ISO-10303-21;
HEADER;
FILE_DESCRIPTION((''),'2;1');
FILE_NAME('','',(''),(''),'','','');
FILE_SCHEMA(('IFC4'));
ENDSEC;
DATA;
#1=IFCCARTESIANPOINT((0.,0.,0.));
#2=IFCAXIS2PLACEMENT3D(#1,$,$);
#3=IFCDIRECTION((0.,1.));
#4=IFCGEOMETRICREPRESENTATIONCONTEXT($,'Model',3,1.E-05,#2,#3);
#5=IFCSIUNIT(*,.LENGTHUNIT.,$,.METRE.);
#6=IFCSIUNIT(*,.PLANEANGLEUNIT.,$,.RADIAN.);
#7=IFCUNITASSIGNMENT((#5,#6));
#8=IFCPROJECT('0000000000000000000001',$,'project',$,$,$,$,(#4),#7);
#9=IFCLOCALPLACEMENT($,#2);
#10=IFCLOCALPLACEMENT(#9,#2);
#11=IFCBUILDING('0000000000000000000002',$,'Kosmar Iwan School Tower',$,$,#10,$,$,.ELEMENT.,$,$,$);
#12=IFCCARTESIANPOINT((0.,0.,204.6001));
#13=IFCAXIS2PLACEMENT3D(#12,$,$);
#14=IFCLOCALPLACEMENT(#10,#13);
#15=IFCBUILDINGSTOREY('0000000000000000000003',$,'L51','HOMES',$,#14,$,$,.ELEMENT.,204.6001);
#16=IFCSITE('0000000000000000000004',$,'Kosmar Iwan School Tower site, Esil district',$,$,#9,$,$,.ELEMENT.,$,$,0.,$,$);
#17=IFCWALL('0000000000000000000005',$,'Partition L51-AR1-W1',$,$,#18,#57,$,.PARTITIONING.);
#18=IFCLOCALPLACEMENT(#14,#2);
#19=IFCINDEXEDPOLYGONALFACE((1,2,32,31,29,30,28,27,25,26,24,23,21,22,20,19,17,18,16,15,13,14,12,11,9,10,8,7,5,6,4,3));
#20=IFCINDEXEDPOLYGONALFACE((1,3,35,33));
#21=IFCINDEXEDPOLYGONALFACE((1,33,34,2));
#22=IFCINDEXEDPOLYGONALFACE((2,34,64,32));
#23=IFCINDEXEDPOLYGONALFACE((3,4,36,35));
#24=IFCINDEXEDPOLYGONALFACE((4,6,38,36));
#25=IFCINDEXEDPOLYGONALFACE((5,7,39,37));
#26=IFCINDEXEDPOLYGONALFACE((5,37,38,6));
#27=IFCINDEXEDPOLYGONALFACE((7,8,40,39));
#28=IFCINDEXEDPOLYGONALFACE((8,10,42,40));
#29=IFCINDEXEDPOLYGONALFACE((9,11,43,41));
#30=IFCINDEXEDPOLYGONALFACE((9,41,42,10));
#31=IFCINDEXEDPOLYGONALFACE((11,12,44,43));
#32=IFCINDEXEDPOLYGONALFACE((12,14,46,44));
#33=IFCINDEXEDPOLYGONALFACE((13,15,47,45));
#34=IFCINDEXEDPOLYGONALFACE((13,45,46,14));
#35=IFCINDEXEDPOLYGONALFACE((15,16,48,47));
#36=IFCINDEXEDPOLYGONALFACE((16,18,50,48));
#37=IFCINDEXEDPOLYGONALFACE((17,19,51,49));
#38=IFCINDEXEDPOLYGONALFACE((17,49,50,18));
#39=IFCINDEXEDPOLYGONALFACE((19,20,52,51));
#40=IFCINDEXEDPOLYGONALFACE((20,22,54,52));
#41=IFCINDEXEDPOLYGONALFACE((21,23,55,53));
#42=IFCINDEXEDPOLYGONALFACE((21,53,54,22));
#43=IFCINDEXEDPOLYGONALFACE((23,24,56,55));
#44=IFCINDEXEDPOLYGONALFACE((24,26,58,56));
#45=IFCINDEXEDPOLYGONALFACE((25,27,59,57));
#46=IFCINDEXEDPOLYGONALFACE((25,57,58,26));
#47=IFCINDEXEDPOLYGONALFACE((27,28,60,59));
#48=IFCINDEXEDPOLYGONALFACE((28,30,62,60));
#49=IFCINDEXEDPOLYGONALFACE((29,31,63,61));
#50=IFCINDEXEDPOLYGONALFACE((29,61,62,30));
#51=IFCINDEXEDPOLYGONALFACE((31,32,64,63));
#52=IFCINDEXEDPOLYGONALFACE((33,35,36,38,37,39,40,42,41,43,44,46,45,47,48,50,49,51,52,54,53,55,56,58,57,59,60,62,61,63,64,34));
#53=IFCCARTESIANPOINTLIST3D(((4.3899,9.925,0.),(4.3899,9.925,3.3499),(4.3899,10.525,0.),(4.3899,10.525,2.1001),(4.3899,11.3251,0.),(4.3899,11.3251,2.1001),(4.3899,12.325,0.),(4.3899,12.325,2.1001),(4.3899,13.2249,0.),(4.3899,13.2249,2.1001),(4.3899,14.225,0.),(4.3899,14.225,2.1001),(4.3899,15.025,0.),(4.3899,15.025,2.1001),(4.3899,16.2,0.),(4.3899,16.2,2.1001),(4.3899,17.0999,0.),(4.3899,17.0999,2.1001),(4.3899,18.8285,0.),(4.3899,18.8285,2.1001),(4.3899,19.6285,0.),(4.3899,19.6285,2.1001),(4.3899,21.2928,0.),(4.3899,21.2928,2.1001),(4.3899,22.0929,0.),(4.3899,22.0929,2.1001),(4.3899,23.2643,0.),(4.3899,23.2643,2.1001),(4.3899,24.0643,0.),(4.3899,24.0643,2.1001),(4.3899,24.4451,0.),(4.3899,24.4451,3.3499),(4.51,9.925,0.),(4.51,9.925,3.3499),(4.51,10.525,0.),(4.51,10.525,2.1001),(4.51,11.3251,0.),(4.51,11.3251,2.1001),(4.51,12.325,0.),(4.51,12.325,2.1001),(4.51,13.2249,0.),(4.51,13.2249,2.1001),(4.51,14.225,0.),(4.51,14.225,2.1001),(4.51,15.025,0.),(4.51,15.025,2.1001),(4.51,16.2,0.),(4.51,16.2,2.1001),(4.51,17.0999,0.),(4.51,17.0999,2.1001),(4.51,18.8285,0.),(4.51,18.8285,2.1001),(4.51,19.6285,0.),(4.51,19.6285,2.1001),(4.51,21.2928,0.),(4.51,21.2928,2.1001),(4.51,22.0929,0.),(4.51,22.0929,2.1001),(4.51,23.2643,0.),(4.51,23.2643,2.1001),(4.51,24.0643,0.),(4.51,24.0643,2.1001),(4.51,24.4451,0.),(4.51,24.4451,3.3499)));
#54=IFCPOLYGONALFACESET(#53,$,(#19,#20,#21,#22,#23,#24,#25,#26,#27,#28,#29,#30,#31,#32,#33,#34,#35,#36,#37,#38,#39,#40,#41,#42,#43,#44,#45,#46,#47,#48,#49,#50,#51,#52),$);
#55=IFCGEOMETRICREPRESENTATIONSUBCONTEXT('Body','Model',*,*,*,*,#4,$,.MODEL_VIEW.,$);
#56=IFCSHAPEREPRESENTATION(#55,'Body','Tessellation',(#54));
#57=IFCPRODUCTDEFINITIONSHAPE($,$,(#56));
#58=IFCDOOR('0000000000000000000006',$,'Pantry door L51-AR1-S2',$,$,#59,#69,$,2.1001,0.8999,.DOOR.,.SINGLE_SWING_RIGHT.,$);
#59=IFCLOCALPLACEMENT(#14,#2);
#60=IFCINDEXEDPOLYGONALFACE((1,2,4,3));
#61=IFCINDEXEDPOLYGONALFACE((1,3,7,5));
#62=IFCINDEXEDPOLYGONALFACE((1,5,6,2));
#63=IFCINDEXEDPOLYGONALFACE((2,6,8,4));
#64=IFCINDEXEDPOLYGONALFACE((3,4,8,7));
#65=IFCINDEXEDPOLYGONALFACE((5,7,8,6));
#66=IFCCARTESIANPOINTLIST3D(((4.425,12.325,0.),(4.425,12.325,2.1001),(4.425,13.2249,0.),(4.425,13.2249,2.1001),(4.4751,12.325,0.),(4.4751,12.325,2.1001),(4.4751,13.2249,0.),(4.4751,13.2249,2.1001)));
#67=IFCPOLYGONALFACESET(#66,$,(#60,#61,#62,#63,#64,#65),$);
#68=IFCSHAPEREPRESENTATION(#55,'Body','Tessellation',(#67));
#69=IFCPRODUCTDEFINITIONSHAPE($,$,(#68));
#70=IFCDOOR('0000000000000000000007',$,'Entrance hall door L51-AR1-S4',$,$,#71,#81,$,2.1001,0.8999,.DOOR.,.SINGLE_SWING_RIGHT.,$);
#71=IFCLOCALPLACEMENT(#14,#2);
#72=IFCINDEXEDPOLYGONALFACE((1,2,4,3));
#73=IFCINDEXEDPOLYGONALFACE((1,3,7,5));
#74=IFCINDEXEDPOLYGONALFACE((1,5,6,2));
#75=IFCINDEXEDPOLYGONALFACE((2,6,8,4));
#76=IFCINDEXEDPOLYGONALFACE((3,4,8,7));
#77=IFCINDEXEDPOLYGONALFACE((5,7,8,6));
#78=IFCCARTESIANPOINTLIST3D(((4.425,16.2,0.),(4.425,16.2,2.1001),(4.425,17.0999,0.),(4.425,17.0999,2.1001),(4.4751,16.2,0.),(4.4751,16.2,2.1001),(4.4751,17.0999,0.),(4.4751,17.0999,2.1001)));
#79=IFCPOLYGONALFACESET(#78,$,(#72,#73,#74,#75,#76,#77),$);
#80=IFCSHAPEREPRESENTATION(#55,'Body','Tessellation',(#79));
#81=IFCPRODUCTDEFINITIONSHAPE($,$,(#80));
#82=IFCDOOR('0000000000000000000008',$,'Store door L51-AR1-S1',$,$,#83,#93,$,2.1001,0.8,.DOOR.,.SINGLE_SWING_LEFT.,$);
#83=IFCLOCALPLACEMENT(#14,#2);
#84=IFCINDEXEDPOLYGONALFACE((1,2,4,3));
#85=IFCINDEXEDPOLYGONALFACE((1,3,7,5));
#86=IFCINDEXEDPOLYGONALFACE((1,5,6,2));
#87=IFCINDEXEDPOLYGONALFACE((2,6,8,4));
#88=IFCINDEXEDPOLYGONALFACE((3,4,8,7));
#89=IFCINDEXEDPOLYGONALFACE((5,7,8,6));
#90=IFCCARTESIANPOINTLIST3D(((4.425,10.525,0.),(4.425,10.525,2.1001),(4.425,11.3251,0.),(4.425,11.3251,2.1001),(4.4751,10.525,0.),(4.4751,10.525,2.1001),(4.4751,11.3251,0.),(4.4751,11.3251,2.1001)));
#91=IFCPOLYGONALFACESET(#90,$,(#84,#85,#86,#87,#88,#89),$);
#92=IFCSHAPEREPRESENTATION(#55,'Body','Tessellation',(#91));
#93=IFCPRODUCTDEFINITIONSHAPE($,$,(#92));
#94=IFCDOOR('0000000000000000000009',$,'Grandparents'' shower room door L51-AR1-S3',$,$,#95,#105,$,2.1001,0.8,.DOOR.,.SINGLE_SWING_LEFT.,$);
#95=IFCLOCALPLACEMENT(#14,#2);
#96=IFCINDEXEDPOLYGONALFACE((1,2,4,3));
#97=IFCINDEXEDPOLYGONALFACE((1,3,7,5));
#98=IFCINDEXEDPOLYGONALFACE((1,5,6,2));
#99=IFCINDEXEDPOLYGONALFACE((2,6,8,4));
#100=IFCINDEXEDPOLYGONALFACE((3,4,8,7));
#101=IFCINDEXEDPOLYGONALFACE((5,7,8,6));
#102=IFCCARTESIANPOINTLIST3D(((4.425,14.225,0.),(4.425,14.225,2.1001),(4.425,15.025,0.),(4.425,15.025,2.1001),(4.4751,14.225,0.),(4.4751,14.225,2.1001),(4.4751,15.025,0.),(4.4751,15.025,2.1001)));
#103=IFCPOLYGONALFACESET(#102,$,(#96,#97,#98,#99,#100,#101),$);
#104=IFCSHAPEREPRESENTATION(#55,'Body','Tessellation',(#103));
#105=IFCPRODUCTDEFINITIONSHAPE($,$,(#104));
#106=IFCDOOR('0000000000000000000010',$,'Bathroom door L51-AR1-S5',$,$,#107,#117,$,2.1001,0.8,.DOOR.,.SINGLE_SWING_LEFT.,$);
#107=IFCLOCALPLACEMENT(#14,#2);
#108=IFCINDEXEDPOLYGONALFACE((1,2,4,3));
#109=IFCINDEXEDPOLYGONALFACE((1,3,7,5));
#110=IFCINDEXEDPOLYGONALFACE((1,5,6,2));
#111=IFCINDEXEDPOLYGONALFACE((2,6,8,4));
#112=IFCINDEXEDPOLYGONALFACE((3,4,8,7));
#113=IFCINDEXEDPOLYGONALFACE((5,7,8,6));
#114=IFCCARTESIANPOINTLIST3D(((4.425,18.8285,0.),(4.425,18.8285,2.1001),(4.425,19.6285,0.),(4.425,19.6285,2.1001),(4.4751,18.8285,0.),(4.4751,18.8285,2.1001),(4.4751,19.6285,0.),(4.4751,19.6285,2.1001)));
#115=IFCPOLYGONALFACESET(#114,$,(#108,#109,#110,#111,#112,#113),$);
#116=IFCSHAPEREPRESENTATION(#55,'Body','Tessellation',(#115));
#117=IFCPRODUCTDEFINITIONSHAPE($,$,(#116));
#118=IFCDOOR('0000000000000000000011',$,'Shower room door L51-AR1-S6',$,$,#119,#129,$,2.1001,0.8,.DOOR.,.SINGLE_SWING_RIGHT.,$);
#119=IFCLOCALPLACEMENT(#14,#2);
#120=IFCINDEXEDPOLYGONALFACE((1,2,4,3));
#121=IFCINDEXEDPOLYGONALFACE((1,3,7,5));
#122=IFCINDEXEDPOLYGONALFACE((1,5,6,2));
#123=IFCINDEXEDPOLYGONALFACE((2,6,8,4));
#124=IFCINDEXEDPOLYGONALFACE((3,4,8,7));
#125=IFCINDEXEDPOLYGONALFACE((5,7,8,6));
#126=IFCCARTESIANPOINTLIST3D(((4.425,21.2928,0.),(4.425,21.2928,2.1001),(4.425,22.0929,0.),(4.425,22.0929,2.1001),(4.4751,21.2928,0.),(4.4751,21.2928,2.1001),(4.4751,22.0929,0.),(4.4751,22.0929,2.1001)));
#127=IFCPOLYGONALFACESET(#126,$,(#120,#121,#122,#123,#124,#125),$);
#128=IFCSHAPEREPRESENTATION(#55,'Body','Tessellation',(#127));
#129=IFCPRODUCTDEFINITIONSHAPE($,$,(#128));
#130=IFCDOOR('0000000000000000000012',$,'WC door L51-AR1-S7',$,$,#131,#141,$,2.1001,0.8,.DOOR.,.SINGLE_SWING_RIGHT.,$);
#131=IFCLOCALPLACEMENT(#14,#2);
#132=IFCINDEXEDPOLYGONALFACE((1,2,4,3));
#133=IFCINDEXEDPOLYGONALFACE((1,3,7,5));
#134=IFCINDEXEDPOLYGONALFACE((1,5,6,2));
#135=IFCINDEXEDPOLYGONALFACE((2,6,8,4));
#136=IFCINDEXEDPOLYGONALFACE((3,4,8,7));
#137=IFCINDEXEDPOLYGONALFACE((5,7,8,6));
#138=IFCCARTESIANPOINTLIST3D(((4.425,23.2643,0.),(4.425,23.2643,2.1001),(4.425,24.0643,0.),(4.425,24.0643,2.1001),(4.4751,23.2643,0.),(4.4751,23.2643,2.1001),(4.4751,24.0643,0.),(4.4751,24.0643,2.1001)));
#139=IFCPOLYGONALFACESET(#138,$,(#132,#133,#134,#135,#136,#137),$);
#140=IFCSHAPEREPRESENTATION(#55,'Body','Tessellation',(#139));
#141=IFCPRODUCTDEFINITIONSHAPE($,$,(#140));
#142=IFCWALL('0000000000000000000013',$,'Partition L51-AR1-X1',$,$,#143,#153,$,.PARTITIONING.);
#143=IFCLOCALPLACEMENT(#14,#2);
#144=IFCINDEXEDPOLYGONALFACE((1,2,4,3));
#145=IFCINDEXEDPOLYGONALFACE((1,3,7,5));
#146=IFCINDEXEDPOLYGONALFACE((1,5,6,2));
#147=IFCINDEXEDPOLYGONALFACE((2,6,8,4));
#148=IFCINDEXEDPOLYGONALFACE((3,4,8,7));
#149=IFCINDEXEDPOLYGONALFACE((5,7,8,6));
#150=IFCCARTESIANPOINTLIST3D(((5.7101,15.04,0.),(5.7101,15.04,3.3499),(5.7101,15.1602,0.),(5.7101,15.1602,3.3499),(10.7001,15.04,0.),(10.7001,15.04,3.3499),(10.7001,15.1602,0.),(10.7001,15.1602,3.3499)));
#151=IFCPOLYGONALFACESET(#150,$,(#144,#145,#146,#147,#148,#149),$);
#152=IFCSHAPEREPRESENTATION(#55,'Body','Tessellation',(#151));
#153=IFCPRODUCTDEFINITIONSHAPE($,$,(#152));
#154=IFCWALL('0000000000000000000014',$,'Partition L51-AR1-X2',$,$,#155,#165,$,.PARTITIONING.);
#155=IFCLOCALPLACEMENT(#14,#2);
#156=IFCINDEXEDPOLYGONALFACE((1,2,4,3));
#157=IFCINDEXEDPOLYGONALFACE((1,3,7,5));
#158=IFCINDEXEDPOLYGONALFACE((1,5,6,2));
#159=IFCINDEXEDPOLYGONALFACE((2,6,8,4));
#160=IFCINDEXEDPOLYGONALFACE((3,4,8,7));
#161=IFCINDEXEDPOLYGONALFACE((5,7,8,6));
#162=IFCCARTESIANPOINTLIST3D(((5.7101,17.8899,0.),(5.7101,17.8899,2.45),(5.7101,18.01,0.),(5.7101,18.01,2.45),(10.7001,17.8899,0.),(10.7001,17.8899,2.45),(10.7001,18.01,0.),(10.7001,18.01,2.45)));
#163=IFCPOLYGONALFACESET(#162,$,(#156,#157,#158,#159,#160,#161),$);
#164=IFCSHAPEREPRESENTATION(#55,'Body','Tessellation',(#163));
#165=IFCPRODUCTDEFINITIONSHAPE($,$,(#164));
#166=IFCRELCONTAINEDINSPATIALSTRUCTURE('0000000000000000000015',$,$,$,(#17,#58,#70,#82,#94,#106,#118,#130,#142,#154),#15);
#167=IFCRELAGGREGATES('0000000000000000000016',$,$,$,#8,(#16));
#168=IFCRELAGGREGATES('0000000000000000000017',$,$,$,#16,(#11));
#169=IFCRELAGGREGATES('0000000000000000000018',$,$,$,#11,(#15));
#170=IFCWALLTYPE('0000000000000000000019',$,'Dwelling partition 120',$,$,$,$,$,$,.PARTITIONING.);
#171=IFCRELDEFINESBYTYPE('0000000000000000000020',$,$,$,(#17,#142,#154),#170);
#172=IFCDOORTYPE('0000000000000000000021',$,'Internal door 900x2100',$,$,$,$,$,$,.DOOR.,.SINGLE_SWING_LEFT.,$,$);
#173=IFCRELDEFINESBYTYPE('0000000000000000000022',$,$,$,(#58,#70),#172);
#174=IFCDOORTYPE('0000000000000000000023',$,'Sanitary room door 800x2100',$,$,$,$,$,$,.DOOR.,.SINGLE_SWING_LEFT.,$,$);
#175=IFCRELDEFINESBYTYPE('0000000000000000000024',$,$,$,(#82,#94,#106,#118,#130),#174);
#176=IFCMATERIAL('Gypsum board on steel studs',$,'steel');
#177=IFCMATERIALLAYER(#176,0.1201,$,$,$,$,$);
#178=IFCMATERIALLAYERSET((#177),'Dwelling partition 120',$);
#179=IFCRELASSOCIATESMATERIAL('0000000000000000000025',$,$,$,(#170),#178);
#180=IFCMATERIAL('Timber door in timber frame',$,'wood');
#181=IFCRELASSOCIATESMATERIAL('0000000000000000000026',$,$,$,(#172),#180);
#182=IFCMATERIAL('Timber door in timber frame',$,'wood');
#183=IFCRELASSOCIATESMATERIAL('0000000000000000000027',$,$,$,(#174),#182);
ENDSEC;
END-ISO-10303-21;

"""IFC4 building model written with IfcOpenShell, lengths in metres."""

from ifc_helpers import new_model, si_unit, direction, frame, frame_2d, origin, place, context, subcontext, project, spatial, rectangle, extrude, material, layer, layer_set, type_object, element, fill, save


model = new_model("IFC4")

# Units and contexts
model_context = context("Model", 3, precision=1e-05, world=origin(), true_north=direction((0.0, 1.0)))
body_context = subcontext(model_context, "Body", "Model", "MODEL_VIEW")
ifc_project = project(units=[si_unit("LENGTHUNIT", "METRE"), si_unit("PLANEANGLEUNIT", "RADIAN")], contexts=[model_context])

# Site, building, storey
site_placement = place(None, origin())
site = spatial("IfcSite", under=ifc_project, at=site_placement, Name="Kosmar Iwan School Tower site, Esil district", CompositionType="ELEMENT", RefElevation=0.0)
building_placement = place(site_placement, origin())
building = spatial("IfcBuilding", under=site, at=building_placement, Name="Kosmar Iwan School Tower", CompositionType="ELEMENT")
storey_placement = place(building_placement, frame((0.0, 0.0, 204.6001)))
storey = spatial("IfcBuildingStorey", under=building, at=storey_placement, Name="L51", Description="HOMES", CompositionType="ELEMENT", Elevation=204.6001)

# Wall, openings, doors
ifc_material_1 = material(Name="Gypsum board on steel studs", Category="steel")
ifc_layer = layer(ifc_material_1, 0.1201)
ifc_layer_set = layer_set([ifc_layer], Name="Dwelling partition 120")
wall_type = type_object("IfcWallType", Name="Dwelling partition 120", PredefinedType="PARTITIONING", material=ifc_layer_set)
wall_1_placement = place(storey_placement, frame((4.45, 9.925, 0.0), z_axis=(0.0, 0.0, 1.0), x_axis=(0.0, 1.0, 0.0)))
wall_1 = element("IfcWall", 1, at=wall_1_placement, inside=storey, type_object=wall_type, Name="Partition L51-AR1-W1", PredefinedType="PARTITIONING", context=body_context, shape_type="SweptSolid", body=[
    extrude(rectangle(XDim=14.52, YDim=0.1201, at=frame_2d((7.26, 0.0))), origin(), (0.0, 0.0, 1.0), 3.3499),
])
opening_1_placement = place(wall_1_placement, frame((0.6001, 0.0, 0.0)))
opening_1 = element("IfcOpeningElement", 2, at=opening_1_placement, cuts=wall_1, PredefinedType="OPENING", context=body_context, shape_type="SweptSolid", body=[
    extrude(rectangle(XDim=0.8, YDim=2.1001, at=frame_2d((0.3999, 1.05))), frame((0.0, 0.072, 0.0), z_axis=(0.0, -1.0, 0.0), x_axis=(1.0, 0.0, 0.0)), (0.0, 0.0, 1.0), 0.144),
])
opening_2_placement = place(wall_1_placement, frame((2.3999, 0.0, 0.0)))
opening_2 = element("IfcOpeningElement", 3, at=opening_2_placement, cuts=wall_1, PredefinedType="OPENING", context=body_context, shape_type="SweptSolid", body=[
    extrude(rectangle(XDim=0.8999, YDim=2.1001, at=frame_2d((0.45, 1.05))), frame((0.0, 0.072, 0.0), z_axis=(0.0, -1.0, 0.0), x_axis=(1.0, 0.0, 0.0)), (0.0, 0.0, 1.0), 0.144),
])
opening_3_placement = place(wall_1_placement, frame((4.3, 0.0, 0.0)))
opening_3 = element("IfcOpeningElement", 4, at=opening_3_placement, cuts=wall_1, PredefinedType="OPENING", context=body_context, shape_type="SweptSolid", body=[
    extrude(rectangle(XDim=0.8, YDim=2.1001, at=frame_2d((0.3999, 1.05))), frame((0.0, 0.072, 0.0), z_axis=(0.0, -1.0, 0.0), x_axis=(1.0, 0.0, 0.0)), (0.0, 0.0, 1.0), 0.144),
])
opening_4_placement = place(wall_1_placement, frame((6.2749, 0.0, 0.0)))
opening_4 = element("IfcOpeningElement", 5, at=opening_4_placement, cuts=wall_1, PredefinedType="OPENING", context=body_context, shape_type="SweptSolid", body=[
    extrude(rectangle(XDim=0.8999, YDim=2.1001, at=frame_2d((0.45, 1.05))), frame((0.0, 0.072, 0.0), z_axis=(0.0, -1.0, 0.0), x_axis=(1.0, 0.0, 0.0)), (0.0, 0.0, 1.0), 0.144),
])
opening_5_placement = place(wall_1_placement, frame((8.9036, 0.0, 0.0)))
opening_5 = element("IfcOpeningElement", 6, at=opening_5_placement, cuts=wall_1, PredefinedType="OPENING", context=body_context, shape_type="SweptSolid", body=[
    extrude(rectangle(XDim=0.8, YDim=2.1001, at=frame_2d((0.3999, 1.05))), frame((0.0, 0.072, 0.0), z_axis=(0.0, -1.0, 0.0), x_axis=(1.0, 0.0, 0.0)), (0.0, 0.0, 1.0), 0.144),
])
opening_6_placement = place(wall_1_placement, frame((11.3679, 0.0, 0.0)))
opening_6 = element("IfcOpeningElement", 7, at=opening_6_placement, cuts=wall_1, PredefinedType="OPENING", context=body_context, shape_type="SweptSolid", body=[
    extrude(rectangle(XDim=0.8, YDim=2.1001, at=frame_2d((0.3999, 1.05))), frame((0.0, 0.072, 0.0), z_axis=(0.0, -1.0, 0.0), x_axis=(1.0, 0.0, 0.0)), (0.0, 0.0, 1.0), 0.144),
])
opening_7_placement = place(wall_1_placement, frame((13.3394, 0.0, 0.0)))
opening_7 = element("IfcOpeningElement", 8, at=opening_7_placement, cuts=wall_1, PredefinedType="OPENING", context=body_context, shape_type="SweptSolid", body=[
    extrude(rectangle(XDim=0.8, YDim=2.1001, at=frame_2d((0.3999, 1.05))), frame((0.0, 0.072, 0.0), z_axis=(0.0, -1.0, 0.0), x_axis=(1.0, 0.0, 0.0)), (0.0, 0.0, 1.0), 0.144),
])
ifc_material_2 = material(Name="Timber door in timber frame", Category="wood")
door_type_1 = type_object("IfcDoorType", Name="Internal door 900x2100", OperationType="SINGLE_SWING_LEFT", PredefinedType="DOOR", material=ifc_material_2)
door_1_placement = place(opening_2_placement, origin())
door_1 = element("IfcDoor", 9, at=door_1_placement, inside=storey, type_object=door_type_1, Name="Pantry door L51-AR1-S2", OperationType="SINGLE_SWING_RIGHT", OverallHeight=2.1001, OverallWidth=0.8999, PredefinedType="DOOR", context=body_context, shape_type="SweptSolid", body=[
    extrude(rectangle(XDim=0.8999, YDim=2.1001, at=frame_2d((0.45, 1.05))), frame((0.0, 0.0249, 0.0), z_axis=(0.0, -1.0, 0.0), x_axis=(1.0, 0.0, 0.0)), (0.0, 0.0, 1.0), 0.05),
])
fill(opening_2, door_1)
door_2_placement = place(opening_4_placement, origin())
door_2 = element("IfcDoor", 10, at=door_2_placement, inside=storey, type_object=door_type_1, Name="Entrance hall door L51-AR1-S4", OperationType="SINGLE_SWING_RIGHT", OverallHeight=2.1001, OverallWidth=0.8999, PredefinedType="DOOR", context=body_context, shape_type="SweptSolid", body=[
    extrude(rectangle(XDim=0.8999, YDim=2.1001, at=frame_2d((0.45, 1.05))), frame((0.0, 0.0249, 0.0), z_axis=(0.0, -1.0, 0.0), x_axis=(1.0, 0.0, 0.0)), (0.0, 0.0, 1.0), 0.05),
])
fill(opening_4, door_2)
ifc_material_3 = material(Name="Timber door in timber frame", Category="wood")
door_type_2 = type_object("IfcDoorType", Name="Sanitary room door 800x2100", OperationType="SINGLE_SWING_LEFT", PredefinedType="DOOR", material=ifc_material_3)
door_3_placement = place(opening_1_placement, origin())
door_3 = element("IfcDoor", 11, at=door_3_placement, inside=storey, type_object=door_type_2, Name="Store door L51-AR1-S1", OperationType="SINGLE_SWING_LEFT", OverallHeight=2.1001, OverallWidth=0.8, PredefinedType="DOOR", context=body_context, shape_type="SweptSolid", body=[
    extrude(rectangle(XDim=0.8, YDim=2.1001, at=frame_2d((0.3999, 1.05))), frame((0.0, 0.0249, 0.0), z_axis=(0.0, -1.0, 0.0), x_axis=(1.0, 0.0, 0.0)), (0.0, 0.0, 1.0), 0.05),
])
fill(opening_1, door_3)
door_4_placement = place(opening_3_placement, origin())
door_4 = element("IfcDoor", 12, at=door_4_placement, inside=storey, type_object=door_type_2, Name="Grandparents' shower room door L51-AR1-S3", OperationType="SINGLE_SWING_LEFT", OverallHeight=2.1001, OverallWidth=0.8, PredefinedType="DOOR", context=body_context, shape_type="SweptSolid", body=[
    extrude(rectangle(XDim=0.8, YDim=2.1001, at=frame_2d((0.3999, 1.05))), frame((0.0, 0.0249, 0.0), z_axis=(0.0, -1.0, 0.0), x_axis=(1.0, 0.0, 0.0)), (0.0, 0.0, 1.0), 0.05),
])
fill(opening_3, door_4)
door_5_placement = place(opening_5_placement, origin())
door_5 = element("IfcDoor", 13, at=door_5_placement, inside=storey, type_object=door_type_2, Name="Bathroom door L51-AR1-S5", OperationType="SINGLE_SWING_LEFT", OverallHeight=2.1001, OverallWidth=0.8, PredefinedType="DOOR", context=body_context, shape_type="SweptSolid", body=[
    extrude(rectangle(XDim=0.8, YDim=2.1001, at=frame_2d((0.3999, 1.05))), frame((0.0, 0.0249, 0.0), z_axis=(0.0, -1.0, 0.0), x_axis=(1.0, 0.0, 0.0)), (0.0, 0.0, 1.0), 0.05),
])
fill(opening_5, door_5)
door_6_placement = place(opening_6_placement, origin())
door_6 = element("IfcDoor", 14, at=door_6_placement, inside=storey, type_object=door_type_2, Name="Shower room door L51-AR1-S6", OperationType="SINGLE_SWING_RIGHT", OverallHeight=2.1001, OverallWidth=0.8, PredefinedType="DOOR", context=body_context, shape_type="SweptSolid", body=[
    extrude(rectangle(XDim=0.8, YDim=2.1001, at=frame_2d((0.3999, 1.05))), frame((0.0, 0.0249, 0.0), z_axis=(0.0, -1.0, 0.0), x_axis=(1.0, 0.0, 0.0)), (0.0, 0.0, 1.0), 0.05),
])
fill(opening_6, door_6)
door_7_placement = place(opening_7_placement, origin())
door_7 = element("IfcDoor", 15, at=door_7_placement, inside=storey, type_object=door_type_2, Name="WC door L51-AR1-S7", OperationType="SINGLE_SWING_RIGHT", OverallHeight=2.1001, OverallWidth=0.8, PredefinedType="DOOR", context=body_context, shape_type="SweptSolid", body=[
    extrude(rectangle(XDim=0.8, YDim=2.1001, at=frame_2d((0.3999, 1.05))), frame((0.0, 0.0249, 0.0), z_axis=(0.0, -1.0, 0.0), x_axis=(1.0, 0.0, 0.0)), (0.0, 0.0, 1.0), 0.05),
])
fill(opening_7, door_7)

# Walls
wall_2_placement = place(storey_placement, frame((5.71, 15.1001, 0.0), z_axis=(0.0, 0.0, 1.0), x_axis=(1.0, 0.0, 0.0)))
element("IfcWall", 16, at=wall_2_placement, inside=storey, type_object=wall_type, Name="Partition L51-AR1-X1", PredefinedType="PARTITIONING", context=body_context, shape_type="SweptSolid", body=[
    extrude(rectangle(XDim=4.99, YDim=0.1201, at=frame_2d((2.4951, 0.0))), origin(), (0.0, 0.0, 1.0), 3.3499),
])
wall_3_placement = place(storey_placement, frame((5.71, 17.95, 0.0), z_axis=(0.0, 0.0, 1.0), x_axis=(1.0, 0.0, 0.0)))
element("IfcWall", 17, at=wall_3_placement, inside=storey, type_object=wall_type, Name="Partition L51-AR1-X2", PredefinedType="PARTITIONING", context=body_context, shape_type="SweptSolid", body=[
    extrude(rectangle(XDim=4.99, YDim=0.1201, at=frame_2d((2.4951, 0.0))), origin(), (0.0, 0.0, 1.0), 2.45),
])

save(model, "model.ifc")
